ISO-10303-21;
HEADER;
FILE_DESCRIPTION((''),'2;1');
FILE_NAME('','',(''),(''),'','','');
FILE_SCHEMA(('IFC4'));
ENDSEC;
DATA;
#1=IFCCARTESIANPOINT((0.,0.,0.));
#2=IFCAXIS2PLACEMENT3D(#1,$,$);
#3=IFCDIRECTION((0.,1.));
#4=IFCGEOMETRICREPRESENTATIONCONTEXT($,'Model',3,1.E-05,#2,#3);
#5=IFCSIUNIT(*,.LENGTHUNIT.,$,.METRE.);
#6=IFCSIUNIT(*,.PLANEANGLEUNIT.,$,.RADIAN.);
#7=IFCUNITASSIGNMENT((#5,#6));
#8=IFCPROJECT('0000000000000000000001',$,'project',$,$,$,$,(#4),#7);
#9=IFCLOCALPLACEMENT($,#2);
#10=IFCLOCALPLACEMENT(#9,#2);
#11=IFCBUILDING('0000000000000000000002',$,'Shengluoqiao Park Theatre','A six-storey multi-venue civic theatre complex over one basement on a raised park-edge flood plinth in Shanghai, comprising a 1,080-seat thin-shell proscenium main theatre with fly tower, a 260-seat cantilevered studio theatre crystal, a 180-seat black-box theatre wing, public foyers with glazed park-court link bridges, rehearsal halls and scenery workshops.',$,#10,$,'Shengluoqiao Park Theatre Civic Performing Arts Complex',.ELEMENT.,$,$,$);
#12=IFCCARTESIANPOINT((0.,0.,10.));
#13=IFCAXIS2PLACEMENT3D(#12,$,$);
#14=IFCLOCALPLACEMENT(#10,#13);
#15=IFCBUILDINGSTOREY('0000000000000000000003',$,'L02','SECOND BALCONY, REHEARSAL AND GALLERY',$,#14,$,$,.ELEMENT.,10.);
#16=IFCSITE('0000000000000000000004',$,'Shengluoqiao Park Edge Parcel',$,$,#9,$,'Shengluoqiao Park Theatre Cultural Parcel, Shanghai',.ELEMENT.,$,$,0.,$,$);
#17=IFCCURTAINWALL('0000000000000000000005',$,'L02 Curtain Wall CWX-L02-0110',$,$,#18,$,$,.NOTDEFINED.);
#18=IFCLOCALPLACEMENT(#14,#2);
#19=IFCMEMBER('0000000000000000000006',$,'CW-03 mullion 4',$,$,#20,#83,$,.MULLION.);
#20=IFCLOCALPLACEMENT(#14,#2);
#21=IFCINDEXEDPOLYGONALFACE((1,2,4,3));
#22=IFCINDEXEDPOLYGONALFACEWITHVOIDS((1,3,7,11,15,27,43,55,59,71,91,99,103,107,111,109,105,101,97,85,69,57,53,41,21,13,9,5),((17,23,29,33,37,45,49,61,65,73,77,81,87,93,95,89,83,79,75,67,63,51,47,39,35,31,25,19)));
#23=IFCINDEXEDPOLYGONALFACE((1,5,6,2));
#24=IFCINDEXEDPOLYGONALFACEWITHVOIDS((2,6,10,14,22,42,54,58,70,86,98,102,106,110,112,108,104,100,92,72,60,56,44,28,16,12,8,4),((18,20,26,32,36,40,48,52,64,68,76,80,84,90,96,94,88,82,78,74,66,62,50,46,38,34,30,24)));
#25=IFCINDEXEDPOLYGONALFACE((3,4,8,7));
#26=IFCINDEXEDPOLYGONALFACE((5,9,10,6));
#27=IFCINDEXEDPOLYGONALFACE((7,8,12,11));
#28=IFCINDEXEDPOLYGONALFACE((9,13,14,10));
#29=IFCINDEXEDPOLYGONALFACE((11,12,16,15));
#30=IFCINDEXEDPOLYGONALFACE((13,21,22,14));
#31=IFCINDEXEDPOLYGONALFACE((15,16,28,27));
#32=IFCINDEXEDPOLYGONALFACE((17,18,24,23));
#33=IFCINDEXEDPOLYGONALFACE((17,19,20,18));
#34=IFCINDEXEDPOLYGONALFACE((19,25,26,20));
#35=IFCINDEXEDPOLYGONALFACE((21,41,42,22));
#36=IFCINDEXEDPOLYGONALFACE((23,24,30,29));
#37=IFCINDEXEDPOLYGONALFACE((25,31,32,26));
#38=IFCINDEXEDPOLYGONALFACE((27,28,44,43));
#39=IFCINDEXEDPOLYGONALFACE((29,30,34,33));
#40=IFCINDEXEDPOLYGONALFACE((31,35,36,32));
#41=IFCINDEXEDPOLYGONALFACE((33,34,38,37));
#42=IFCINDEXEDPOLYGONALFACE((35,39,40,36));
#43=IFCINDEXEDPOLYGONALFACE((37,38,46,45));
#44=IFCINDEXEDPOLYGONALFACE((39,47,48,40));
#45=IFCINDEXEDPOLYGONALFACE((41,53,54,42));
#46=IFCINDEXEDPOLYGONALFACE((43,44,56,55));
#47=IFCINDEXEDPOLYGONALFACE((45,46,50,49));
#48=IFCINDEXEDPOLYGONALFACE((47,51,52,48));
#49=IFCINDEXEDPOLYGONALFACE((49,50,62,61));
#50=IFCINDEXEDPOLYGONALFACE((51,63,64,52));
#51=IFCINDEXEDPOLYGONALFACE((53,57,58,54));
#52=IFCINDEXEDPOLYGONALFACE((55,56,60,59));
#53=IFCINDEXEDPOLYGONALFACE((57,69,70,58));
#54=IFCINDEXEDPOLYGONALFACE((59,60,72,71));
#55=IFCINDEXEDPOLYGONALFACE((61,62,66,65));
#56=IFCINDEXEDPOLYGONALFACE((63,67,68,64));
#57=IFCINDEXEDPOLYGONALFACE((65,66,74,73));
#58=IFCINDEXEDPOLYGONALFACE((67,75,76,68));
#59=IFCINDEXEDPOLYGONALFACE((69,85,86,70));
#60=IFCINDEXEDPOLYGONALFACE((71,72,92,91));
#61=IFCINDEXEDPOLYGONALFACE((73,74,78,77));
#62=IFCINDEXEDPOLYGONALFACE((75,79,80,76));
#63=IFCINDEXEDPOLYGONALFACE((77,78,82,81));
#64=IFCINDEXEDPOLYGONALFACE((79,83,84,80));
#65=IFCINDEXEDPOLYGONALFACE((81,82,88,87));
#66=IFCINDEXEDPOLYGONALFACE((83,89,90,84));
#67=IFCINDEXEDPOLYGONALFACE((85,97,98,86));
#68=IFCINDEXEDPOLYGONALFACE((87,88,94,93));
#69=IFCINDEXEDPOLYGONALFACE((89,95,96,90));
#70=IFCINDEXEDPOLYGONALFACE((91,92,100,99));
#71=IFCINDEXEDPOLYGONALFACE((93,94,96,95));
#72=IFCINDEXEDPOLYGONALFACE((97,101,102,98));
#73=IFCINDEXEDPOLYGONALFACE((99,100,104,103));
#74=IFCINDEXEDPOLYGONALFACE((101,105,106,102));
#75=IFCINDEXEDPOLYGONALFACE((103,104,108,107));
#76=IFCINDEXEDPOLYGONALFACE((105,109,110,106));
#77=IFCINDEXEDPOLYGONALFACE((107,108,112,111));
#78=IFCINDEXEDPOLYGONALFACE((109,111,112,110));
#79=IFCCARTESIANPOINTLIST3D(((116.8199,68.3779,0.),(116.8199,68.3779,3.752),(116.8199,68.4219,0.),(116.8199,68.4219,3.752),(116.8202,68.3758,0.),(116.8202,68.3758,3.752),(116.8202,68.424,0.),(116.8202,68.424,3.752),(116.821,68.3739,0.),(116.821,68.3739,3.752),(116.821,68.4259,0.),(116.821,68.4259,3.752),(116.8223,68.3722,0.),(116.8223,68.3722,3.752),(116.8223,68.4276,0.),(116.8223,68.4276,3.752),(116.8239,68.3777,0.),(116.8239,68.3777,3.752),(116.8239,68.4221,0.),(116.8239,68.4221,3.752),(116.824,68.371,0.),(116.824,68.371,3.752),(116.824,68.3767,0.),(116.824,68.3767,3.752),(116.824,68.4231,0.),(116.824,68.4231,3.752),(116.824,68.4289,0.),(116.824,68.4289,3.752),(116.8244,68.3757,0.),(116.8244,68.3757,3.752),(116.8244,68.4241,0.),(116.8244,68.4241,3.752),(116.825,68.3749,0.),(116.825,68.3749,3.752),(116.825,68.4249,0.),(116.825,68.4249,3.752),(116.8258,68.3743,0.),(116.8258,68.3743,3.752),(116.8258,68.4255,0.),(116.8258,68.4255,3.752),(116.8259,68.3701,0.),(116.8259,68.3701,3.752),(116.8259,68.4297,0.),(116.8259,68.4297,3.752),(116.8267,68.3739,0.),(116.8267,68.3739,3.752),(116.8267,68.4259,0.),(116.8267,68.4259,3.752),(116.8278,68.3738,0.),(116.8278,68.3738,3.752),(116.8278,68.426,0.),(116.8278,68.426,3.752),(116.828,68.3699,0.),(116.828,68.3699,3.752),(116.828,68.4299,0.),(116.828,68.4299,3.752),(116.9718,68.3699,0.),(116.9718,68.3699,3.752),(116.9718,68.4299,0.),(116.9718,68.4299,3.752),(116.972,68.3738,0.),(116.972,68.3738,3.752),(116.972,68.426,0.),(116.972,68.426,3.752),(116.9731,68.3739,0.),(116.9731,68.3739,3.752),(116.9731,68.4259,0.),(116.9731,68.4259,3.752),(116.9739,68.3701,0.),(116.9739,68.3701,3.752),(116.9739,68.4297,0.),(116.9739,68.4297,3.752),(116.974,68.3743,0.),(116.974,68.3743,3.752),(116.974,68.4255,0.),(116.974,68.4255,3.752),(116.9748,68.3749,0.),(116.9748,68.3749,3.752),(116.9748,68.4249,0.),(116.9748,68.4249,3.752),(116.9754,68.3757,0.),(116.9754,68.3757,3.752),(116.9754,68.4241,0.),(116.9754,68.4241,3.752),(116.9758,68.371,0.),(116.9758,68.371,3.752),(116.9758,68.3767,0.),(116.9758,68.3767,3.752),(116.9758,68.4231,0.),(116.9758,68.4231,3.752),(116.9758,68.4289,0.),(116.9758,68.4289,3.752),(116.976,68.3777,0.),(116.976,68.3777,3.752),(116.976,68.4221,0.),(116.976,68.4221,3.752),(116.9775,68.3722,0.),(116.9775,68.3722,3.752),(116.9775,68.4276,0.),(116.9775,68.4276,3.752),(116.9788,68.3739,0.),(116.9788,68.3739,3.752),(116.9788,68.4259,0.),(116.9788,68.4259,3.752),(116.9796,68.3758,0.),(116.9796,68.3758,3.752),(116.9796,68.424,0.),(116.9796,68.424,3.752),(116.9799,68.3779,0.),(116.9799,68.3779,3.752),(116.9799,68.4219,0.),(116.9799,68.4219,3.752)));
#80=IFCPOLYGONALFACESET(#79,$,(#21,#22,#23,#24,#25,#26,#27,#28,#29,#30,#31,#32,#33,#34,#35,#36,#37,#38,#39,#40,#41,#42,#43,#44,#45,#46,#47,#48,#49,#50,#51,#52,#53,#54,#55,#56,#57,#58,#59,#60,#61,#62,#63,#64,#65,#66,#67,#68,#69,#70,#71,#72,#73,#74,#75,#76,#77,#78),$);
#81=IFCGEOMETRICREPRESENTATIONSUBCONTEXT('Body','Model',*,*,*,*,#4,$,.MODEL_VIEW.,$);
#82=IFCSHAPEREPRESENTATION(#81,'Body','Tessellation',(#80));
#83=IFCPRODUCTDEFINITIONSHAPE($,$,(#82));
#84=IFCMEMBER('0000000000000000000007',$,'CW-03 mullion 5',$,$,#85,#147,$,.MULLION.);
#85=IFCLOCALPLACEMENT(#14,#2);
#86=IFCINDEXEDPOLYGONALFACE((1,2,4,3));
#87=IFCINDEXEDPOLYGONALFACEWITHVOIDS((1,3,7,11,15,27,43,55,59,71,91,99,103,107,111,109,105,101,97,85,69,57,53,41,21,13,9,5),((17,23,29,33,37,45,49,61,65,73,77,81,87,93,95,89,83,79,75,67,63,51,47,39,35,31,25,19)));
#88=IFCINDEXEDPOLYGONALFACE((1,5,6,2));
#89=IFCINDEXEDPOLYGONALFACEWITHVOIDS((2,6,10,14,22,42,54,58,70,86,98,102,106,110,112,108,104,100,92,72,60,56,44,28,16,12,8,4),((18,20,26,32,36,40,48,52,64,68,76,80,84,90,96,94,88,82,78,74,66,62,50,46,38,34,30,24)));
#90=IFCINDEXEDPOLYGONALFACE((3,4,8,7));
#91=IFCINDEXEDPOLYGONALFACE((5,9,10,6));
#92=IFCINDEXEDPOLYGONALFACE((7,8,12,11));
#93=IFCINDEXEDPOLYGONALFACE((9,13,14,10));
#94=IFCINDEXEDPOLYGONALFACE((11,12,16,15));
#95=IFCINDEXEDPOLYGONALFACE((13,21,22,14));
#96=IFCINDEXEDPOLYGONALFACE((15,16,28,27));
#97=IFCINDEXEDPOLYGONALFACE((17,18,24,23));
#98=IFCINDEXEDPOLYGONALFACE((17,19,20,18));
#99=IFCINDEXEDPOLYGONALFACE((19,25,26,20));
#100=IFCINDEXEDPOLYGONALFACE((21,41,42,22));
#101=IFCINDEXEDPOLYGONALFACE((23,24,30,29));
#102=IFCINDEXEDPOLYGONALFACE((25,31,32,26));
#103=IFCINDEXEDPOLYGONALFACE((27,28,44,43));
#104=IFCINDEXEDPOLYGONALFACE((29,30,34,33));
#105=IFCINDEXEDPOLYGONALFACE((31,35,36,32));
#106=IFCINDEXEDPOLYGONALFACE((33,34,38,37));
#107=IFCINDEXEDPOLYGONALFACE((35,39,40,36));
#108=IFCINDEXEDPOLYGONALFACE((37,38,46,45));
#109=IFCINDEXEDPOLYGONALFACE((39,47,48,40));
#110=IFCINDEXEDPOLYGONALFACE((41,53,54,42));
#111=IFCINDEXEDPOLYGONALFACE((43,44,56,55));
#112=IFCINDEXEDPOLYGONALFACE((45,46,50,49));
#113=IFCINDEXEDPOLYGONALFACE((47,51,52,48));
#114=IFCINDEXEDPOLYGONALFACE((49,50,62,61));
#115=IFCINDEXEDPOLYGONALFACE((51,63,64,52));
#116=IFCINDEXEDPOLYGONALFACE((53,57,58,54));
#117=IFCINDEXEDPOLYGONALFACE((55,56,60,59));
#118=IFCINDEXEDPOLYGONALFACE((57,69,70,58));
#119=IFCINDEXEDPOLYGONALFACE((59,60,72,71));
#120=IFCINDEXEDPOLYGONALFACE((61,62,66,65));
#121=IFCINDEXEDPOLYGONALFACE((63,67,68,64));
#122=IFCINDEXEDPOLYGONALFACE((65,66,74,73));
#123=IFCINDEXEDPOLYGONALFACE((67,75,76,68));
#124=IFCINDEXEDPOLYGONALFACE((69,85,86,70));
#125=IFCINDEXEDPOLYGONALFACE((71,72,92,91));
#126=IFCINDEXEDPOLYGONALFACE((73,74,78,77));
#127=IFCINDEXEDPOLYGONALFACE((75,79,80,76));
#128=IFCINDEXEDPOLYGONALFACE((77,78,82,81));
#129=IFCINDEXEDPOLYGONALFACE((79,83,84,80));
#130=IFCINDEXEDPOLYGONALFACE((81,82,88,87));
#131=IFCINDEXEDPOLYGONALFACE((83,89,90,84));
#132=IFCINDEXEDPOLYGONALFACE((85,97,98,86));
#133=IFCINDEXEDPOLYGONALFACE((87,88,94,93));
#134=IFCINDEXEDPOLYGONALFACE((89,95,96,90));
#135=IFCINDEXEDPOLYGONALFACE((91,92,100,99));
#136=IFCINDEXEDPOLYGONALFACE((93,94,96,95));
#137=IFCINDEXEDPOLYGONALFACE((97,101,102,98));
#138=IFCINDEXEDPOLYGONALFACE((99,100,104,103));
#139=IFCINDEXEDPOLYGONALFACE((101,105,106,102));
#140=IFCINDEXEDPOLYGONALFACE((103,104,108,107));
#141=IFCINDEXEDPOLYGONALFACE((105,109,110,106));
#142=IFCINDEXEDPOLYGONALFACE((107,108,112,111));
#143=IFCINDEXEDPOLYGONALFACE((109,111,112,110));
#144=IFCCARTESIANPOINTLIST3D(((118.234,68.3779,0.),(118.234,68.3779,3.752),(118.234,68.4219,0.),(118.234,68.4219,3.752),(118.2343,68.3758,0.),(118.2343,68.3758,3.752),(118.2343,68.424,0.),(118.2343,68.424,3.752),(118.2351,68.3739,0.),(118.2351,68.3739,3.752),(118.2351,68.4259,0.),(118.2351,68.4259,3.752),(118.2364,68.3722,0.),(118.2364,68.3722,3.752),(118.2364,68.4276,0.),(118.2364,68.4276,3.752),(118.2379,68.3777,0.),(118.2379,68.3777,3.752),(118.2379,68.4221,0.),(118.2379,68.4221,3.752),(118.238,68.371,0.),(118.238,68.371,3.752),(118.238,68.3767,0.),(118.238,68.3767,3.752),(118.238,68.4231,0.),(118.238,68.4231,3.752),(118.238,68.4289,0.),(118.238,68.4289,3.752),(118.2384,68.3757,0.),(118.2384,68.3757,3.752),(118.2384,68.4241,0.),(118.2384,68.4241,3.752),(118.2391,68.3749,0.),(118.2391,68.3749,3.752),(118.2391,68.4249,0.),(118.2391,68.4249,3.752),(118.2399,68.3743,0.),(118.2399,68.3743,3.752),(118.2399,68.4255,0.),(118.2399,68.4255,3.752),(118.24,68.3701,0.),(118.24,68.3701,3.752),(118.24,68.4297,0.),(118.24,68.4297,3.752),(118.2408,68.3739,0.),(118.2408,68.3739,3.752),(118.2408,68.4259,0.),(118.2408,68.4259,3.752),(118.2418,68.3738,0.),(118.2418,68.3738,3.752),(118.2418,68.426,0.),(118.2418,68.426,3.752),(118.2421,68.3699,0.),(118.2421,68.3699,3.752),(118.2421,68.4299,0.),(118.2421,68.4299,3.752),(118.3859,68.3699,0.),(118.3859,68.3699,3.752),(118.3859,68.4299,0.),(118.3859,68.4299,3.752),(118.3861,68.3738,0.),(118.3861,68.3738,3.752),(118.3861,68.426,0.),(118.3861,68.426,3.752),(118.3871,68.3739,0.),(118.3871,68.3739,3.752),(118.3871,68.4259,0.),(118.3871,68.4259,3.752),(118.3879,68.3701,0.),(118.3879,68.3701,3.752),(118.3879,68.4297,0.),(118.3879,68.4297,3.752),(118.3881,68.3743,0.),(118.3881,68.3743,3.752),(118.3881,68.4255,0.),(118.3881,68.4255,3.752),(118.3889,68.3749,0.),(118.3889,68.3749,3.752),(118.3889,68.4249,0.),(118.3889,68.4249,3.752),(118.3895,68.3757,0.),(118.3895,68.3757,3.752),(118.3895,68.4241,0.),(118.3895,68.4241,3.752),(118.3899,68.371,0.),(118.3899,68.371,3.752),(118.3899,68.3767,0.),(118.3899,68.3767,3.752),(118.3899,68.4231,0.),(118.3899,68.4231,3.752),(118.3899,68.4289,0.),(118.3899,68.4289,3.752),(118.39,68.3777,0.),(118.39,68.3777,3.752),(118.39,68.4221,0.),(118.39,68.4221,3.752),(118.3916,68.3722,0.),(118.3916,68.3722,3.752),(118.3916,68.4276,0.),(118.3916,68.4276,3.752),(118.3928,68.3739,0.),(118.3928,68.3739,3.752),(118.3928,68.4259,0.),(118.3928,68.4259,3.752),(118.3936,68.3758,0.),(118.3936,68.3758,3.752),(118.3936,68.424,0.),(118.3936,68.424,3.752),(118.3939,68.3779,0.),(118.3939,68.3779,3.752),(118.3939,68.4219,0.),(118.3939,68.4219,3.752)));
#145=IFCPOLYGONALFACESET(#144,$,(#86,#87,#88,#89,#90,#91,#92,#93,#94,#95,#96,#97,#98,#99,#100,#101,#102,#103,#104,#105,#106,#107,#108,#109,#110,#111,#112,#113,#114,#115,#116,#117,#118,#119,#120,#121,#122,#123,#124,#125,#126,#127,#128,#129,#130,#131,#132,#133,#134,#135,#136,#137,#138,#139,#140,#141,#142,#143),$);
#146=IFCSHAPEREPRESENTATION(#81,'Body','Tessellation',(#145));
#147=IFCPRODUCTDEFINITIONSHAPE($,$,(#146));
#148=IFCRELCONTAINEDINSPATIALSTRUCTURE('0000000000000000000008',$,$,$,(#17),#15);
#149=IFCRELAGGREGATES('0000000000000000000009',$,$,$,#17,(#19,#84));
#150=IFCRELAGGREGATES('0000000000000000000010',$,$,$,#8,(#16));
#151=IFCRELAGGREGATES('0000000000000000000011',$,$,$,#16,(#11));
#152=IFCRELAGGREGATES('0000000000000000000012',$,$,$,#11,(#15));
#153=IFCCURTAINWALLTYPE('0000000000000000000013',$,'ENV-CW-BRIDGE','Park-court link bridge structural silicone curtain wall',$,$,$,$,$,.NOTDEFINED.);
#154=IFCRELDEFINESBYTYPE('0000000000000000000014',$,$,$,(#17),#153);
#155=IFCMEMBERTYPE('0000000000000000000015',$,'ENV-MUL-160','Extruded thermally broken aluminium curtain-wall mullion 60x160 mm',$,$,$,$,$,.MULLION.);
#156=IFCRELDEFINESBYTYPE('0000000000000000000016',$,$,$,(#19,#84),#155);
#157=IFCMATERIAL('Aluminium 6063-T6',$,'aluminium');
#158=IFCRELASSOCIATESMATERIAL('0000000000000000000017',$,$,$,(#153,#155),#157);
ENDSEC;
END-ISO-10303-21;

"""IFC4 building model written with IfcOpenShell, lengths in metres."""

from ifc_helpers import new_model, si_unit, direction, frame, origin, origin_2d, place, context, subcontext, project, spatial, hollow_rectangle, extrude, material, material_profile, profile_set, type_object, element, aggregate, save


model = new_model("IFC4")

# Units and contexts
model_context = context("Model", 3, precision=1e-05, world=origin(), true_north=direction((0.0, 1.0)))
body_context = subcontext(model_context, "Body", "Model", "MODEL_VIEW")
ifc_project = project(units=[si_unit("LENGTHUNIT", "METRE"), si_unit("PLANEANGLEUNIT", "RADIAN")], contexts=[model_context])

# Site, building, storey
site_placement = place(None, origin())
site = spatial("IfcSite", under=ifc_project, at=site_placement, Name="Shengluoqiao Park Edge Parcel", LongName="Shengluoqiao Park Theatre Cultural Parcel, Shanghai", CompositionType="ELEMENT", RefElevation=0.0)
building_placement = place(site_placement, origin())
building = spatial("IfcBuilding", under=site, at=building_placement, Name="Shengluoqiao Park Theatre", Description="A six-storey multi-venue civic theatre complex over one basement on a raised park-edge flood plinth in Shanghai, comprising a 1,080-seat thin-shell proscenium main theatre with fly tower, a 260-seat cantilevered studio theatre crystal, a 180-seat black-box theatre wing, public foyers with glazed park-court link bridges, rehearsal halls and scenery workshops.", LongName="Shengluoqiao Park Theatre Civic Performing Arts Complex", CompositionType="ELEMENT")
storey_placement = place(building_placement, frame((0.0, 0.0, 10.0)))
storey = spatial("IfcBuildingStorey", under=building, at=storey_placement, Name="L02", Description="SECOND BALCONY, REHEARSAL AND GALLERY", CompositionType="ELEMENT", Elevation=10.0)

# Curtain wall, members
ifc_material_1 = material(Name="Aluminium 6063-T6", Category="aluminium")
curtain_wall_type = type_object("IfcCurtainWallType", Name="ENV-CW-BRIDGE", Description="Park-court link bridge structural silicone curtain wall", PredefinedType="NOTDEFINED", material=ifc_material_1)
curtain_wall_placement = place(storey_placement, origin())
curtain_wall = element("IfcCurtainWall", 1, at=curtain_wall_placement, inside=storey, type_object=curtain_wall_type, Name="L02 Curtain Wall CWX-L02-0110", PredefinedType="NOTDEFINED")
ifc_material_profile_1 = material_profile(ifc_material_1, hollow_rectangle(XDim=0.0601, YDim=0.1599, WallThickness=0.0039, InnerFilletRadius=0.0039, OuterFilletRadius=0.0081, at=origin_2d()), Name="ALU MULLION 160x60x4")
ifc_profile_set_1 = profile_set([ifc_material_profile_1], Name="Aluminium 6063-T6")
member_type_1 = type_object("IfcMemberType", Name="ENV-MUL-160", Description="Extruded thermally broken aluminium curtain-wall mullion 60x160 mm", PredefinedType="MULLION", material=ifc_profile_set_1)
member_1_placement = place(storey_placement, frame((116.8999, 68.3999, 0.0), z_axis=(0.0, 0.0, 1.0), x_axis=(0.0, 1.0, 0.0)))
member_1 = element("IfcMember", 2, at=member_1_placement, type_object=member_type_1, Name="CW-03 mullion 4", PredefinedType="MULLION", context=body_context, shape_type="SweptSolid", body=[
    extrude(hollow_rectangle(XDim=0.0601, YDim=0.1599, WallThickness=0.0039, InnerFilletRadius=0.0039, OuterFilletRadius=0.0081, at=origin_2d()), origin(), (0.0, 0.0, 1.0), 3.752),
])
member_2_placement = place(storey_placement, frame((118.314, 68.3999, 0.0), z_axis=(0.0, 0.0, 1.0), x_axis=(0.0, 1.0, 0.0)))
member_2 = element("IfcMember", 3, at=member_2_placement, type_object=member_type_1, Name="CW-03 mullion 5", PredefinedType="MULLION", context=body_context, shape_type="SweptSolid", body=[
    extrude(hollow_rectangle(XDim=0.0601, YDim=0.1599, WallThickness=0.0039, InnerFilletRadius=0.0039, OuterFilletRadius=0.0081, at=origin_2d()), origin(), (0.0, 0.0, 1.0), 3.752),
])

aggregate(curtain_wall, [member_1, member_2])

save(model, "model.ifc")
